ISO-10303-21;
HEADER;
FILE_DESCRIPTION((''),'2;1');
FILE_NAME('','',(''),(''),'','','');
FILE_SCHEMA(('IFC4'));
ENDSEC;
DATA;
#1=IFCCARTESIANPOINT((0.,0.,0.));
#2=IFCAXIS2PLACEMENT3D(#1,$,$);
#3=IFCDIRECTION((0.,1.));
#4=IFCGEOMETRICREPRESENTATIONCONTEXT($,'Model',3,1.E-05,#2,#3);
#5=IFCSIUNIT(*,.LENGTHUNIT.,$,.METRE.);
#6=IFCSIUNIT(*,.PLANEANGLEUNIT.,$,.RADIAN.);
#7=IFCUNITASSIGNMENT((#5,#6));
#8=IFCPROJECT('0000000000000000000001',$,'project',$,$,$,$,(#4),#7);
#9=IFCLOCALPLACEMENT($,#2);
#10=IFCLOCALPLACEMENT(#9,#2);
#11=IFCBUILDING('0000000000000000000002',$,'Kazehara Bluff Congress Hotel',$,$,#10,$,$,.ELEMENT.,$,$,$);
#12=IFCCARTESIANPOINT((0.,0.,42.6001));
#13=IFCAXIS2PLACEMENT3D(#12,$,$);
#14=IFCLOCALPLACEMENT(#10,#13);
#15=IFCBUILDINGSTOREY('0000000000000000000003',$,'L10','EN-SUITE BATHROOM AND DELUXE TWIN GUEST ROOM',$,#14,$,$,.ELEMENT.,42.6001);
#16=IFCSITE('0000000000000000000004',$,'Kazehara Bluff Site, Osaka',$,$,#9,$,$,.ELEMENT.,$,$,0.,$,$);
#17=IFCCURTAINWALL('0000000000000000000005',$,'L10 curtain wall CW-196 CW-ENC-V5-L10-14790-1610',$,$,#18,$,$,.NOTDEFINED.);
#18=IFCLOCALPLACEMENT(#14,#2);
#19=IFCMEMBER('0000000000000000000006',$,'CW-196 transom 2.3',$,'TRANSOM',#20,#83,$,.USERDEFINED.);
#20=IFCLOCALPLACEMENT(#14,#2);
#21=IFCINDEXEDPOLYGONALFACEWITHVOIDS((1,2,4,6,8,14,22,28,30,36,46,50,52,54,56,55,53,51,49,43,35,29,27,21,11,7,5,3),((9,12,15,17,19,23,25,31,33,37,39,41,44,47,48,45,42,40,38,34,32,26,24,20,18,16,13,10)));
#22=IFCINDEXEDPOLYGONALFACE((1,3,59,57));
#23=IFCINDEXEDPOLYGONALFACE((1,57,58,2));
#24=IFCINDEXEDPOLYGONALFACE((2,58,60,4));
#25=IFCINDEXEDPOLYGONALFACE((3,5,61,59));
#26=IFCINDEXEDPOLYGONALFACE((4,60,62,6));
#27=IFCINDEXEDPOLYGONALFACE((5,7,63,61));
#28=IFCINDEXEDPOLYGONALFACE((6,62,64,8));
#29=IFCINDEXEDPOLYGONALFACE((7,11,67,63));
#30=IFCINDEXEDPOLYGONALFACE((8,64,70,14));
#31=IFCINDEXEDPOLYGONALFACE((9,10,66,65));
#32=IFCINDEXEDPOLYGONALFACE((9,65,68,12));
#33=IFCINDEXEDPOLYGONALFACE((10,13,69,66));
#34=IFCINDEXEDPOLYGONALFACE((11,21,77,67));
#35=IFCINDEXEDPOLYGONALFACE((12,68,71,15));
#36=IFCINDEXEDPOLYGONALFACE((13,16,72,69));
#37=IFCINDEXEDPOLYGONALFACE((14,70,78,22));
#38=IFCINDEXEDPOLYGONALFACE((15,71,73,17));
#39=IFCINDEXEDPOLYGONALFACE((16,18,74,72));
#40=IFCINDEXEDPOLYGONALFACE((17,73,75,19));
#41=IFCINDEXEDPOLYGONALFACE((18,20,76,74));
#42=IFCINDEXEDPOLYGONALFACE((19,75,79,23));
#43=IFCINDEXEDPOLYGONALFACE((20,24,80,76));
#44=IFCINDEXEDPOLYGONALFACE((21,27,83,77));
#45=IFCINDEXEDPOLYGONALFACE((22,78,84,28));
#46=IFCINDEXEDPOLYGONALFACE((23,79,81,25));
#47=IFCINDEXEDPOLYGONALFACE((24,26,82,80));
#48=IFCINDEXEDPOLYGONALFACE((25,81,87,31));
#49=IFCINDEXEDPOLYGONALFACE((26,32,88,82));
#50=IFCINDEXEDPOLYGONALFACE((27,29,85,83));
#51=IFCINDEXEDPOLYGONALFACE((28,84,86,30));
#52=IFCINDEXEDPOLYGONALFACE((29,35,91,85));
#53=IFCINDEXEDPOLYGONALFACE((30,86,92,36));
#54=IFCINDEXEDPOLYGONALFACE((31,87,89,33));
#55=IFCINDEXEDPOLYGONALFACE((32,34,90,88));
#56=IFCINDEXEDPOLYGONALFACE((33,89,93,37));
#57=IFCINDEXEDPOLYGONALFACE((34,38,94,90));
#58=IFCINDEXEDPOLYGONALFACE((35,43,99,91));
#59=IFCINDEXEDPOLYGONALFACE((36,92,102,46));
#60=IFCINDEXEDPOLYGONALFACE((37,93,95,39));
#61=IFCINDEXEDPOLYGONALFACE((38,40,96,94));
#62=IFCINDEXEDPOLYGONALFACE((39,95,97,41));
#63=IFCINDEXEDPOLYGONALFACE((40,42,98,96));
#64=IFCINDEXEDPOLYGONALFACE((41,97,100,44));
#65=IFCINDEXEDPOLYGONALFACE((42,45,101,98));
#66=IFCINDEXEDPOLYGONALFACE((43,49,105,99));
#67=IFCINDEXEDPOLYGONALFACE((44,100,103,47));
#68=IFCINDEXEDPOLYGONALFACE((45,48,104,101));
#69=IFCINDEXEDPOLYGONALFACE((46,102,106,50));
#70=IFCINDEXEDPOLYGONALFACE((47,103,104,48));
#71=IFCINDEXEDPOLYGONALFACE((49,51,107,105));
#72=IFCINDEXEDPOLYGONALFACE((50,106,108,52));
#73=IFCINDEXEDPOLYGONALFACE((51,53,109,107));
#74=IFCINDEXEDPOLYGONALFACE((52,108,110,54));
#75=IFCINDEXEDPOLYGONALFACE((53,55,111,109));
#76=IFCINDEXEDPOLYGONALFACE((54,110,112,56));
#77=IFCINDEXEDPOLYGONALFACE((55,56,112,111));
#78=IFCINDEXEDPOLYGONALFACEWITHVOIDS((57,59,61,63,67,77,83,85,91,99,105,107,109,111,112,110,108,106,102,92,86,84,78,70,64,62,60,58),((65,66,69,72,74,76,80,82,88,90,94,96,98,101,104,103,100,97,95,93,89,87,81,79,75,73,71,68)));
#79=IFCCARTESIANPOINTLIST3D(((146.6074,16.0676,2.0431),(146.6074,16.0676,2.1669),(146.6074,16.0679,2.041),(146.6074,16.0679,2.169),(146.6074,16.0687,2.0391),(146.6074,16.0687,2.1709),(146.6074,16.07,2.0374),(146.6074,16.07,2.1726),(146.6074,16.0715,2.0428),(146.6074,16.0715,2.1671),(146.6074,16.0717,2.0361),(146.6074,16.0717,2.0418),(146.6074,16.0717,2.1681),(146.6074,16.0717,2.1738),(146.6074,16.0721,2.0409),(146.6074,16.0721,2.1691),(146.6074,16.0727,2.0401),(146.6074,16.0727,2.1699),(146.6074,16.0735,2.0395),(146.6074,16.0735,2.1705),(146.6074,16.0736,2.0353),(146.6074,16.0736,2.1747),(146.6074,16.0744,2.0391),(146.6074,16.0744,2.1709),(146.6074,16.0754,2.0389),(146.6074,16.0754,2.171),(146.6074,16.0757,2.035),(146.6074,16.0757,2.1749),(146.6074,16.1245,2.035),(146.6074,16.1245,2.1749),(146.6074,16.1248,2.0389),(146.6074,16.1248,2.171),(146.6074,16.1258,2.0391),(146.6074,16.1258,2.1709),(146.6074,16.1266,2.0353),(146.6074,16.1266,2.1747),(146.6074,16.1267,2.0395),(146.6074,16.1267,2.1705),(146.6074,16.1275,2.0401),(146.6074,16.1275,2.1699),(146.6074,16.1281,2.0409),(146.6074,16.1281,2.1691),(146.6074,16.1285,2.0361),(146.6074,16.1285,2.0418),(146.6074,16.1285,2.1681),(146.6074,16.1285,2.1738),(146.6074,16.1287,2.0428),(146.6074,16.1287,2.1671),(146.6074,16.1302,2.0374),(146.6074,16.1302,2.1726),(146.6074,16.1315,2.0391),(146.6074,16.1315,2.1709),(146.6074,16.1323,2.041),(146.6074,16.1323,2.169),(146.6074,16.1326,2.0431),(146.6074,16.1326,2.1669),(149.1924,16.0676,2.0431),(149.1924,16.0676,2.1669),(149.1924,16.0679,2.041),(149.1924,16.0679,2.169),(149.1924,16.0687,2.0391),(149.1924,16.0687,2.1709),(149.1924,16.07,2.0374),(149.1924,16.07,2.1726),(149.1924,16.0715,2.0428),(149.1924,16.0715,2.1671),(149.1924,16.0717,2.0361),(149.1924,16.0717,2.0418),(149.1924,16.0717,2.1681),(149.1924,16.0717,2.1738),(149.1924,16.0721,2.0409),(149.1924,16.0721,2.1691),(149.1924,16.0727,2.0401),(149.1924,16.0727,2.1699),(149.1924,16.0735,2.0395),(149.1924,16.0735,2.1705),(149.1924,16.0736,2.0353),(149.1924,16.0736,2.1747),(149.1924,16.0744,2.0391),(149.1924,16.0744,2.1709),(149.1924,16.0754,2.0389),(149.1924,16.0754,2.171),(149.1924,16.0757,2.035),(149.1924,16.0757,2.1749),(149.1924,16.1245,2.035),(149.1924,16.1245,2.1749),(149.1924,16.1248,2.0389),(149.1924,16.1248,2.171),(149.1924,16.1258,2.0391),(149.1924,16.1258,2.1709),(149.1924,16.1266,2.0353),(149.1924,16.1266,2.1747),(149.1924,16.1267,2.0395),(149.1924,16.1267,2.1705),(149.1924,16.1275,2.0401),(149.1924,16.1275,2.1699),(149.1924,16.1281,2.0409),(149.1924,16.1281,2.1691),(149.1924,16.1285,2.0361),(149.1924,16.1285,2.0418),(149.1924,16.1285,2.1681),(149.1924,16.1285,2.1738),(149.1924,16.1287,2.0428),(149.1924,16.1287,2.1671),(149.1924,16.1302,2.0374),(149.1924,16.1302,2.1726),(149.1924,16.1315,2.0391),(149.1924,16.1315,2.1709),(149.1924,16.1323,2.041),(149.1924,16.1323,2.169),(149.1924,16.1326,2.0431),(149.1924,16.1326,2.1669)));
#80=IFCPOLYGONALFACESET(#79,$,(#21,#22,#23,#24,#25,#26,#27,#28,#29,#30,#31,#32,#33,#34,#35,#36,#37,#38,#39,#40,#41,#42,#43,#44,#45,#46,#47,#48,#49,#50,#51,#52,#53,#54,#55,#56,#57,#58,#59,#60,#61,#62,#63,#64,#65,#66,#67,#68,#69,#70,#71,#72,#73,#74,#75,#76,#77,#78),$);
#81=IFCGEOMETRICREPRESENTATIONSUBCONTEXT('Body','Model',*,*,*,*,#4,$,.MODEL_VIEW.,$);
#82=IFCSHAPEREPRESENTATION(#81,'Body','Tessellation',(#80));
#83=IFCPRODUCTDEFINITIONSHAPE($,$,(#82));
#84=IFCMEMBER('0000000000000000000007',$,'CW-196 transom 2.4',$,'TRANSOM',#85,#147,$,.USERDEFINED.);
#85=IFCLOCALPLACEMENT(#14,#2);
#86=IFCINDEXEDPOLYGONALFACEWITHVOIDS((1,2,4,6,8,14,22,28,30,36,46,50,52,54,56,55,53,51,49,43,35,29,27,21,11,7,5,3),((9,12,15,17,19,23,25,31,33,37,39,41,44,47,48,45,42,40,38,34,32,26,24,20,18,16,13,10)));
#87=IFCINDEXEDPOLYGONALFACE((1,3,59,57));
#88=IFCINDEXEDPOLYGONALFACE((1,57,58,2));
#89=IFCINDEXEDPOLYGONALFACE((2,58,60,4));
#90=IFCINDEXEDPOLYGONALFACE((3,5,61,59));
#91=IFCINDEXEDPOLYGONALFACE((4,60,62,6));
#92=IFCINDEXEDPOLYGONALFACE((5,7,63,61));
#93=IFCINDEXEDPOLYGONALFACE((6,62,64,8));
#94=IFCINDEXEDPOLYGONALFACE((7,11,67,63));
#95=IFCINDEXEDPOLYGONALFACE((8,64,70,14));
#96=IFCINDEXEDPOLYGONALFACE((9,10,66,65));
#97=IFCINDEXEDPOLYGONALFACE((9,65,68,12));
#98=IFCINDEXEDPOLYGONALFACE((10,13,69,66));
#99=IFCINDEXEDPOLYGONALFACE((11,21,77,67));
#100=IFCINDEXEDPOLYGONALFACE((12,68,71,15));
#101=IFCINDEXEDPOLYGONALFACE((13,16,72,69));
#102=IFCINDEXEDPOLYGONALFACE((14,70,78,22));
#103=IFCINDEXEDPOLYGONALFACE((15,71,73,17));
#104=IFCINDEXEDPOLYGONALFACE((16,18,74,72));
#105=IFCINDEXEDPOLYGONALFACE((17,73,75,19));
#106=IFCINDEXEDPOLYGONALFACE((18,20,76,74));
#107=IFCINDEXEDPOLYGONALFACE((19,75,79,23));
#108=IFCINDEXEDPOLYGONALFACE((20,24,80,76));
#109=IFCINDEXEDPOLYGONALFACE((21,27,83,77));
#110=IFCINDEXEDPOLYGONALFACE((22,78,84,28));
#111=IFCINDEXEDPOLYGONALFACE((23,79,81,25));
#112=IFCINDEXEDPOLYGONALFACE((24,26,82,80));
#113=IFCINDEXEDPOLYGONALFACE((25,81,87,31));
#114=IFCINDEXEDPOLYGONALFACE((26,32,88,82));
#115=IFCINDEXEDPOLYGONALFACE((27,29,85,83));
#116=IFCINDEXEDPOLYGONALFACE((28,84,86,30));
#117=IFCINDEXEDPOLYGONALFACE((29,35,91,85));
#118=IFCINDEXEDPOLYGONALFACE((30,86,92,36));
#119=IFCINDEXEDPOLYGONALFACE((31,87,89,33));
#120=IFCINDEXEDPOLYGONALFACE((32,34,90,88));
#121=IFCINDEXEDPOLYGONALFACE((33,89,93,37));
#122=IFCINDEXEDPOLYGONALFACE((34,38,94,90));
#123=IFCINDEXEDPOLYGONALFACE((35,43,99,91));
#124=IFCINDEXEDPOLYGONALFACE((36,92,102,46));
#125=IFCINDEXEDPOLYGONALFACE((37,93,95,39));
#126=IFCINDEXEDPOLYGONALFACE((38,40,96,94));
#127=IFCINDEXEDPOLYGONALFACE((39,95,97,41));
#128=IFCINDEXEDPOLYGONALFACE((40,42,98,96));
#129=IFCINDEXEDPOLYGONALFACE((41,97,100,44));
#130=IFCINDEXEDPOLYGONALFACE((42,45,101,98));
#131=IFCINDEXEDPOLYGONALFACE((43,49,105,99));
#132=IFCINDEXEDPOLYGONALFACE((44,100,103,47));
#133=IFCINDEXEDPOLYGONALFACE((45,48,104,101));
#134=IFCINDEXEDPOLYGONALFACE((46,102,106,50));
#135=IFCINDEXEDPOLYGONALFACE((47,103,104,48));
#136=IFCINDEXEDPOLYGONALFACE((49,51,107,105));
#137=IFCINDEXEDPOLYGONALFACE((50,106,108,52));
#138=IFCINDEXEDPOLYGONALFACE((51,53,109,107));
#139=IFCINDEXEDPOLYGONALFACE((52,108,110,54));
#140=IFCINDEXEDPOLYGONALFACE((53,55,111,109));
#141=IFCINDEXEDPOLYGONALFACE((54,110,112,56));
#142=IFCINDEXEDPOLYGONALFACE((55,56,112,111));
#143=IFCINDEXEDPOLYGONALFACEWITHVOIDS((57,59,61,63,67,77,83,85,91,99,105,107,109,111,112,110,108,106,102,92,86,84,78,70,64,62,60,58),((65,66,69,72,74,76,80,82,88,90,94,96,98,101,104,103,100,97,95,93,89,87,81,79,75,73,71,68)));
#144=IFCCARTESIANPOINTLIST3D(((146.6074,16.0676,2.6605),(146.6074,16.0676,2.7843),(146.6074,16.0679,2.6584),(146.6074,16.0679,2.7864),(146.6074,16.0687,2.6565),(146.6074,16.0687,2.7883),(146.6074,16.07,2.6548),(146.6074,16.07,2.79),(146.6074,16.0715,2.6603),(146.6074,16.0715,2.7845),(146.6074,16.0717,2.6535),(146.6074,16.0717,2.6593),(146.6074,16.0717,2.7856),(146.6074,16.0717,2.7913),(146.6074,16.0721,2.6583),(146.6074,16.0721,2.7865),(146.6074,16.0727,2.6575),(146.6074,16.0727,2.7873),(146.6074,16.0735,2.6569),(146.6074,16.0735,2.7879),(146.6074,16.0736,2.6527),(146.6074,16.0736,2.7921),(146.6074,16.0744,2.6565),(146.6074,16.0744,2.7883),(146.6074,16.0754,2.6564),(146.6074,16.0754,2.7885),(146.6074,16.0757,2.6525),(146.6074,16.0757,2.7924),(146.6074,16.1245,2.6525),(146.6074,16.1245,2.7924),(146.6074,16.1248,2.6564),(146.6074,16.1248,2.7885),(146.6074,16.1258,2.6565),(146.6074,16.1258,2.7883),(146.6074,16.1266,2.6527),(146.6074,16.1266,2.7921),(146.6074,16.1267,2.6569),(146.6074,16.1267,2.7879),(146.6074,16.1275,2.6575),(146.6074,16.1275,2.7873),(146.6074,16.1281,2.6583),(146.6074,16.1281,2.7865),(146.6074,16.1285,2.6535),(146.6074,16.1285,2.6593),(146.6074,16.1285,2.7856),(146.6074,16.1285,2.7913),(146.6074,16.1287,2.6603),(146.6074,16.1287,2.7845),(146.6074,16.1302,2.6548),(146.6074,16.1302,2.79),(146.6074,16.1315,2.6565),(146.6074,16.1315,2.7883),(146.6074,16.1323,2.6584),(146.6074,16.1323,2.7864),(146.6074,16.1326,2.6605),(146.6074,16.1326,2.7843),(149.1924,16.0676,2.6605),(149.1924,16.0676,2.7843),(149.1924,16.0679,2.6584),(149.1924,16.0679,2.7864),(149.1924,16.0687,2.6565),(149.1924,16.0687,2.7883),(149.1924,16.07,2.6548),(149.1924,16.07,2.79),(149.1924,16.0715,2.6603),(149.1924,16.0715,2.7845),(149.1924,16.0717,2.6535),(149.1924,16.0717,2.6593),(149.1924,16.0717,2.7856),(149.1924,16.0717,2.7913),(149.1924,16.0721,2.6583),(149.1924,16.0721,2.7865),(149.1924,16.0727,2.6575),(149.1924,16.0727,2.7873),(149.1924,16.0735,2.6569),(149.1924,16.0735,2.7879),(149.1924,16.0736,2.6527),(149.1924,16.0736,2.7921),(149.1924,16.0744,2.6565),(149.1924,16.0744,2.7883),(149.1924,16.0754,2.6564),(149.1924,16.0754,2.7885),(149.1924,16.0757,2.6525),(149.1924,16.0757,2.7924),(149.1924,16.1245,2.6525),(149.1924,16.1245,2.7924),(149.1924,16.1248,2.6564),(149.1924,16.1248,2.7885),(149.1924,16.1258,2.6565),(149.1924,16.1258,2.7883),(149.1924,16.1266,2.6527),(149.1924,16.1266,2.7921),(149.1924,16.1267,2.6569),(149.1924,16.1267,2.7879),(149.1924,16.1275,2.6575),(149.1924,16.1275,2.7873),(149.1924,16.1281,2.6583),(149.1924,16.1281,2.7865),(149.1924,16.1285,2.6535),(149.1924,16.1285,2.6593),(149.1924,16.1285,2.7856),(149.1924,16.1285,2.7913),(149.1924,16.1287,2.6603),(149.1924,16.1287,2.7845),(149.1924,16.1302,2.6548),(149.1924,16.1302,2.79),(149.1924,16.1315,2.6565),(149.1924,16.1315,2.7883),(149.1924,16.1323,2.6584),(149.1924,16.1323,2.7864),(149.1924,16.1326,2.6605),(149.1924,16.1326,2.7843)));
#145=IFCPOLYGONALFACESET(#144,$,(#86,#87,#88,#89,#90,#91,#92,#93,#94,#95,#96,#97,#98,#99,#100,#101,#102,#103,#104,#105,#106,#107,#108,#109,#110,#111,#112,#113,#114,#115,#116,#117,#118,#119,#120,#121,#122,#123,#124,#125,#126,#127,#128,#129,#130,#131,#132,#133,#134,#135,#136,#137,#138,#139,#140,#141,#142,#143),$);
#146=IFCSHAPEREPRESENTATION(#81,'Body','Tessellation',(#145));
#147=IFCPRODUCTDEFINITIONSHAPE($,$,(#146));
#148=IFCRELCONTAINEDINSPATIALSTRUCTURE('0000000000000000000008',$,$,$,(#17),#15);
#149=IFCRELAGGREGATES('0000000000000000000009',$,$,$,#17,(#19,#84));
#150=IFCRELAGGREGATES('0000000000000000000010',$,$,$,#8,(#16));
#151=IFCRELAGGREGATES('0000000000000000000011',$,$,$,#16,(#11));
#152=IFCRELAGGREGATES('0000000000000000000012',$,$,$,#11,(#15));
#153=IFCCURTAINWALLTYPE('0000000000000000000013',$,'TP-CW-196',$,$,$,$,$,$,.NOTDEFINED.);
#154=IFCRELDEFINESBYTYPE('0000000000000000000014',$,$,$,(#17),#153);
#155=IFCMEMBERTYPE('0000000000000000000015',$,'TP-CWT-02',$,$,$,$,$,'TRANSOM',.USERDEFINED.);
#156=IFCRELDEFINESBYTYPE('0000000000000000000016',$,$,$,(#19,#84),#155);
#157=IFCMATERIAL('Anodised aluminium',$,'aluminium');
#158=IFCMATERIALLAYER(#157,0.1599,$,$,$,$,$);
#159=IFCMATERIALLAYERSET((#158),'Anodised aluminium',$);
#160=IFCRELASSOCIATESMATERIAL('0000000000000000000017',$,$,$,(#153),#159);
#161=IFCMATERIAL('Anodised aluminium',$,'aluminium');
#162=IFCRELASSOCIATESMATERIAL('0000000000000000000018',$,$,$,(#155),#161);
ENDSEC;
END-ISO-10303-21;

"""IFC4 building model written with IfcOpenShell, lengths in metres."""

from ifc_helpers import new_model, si_unit, direction, frame, origin, origin_2d, place, context, subcontext, project, spatial, hollow_rectangle, extrude, material, layer, layer_set, material_profile, profile_set, type_object, element, aggregate, save


model = new_model("IFC4")

# Units and contexts
model_context = context("Model", 3, precision=1e-05, world=origin(), true_north=direction((0.0, 1.0)))
body_context = subcontext(model_context, "Body", "Model", "MODEL_VIEW")
ifc_project = project(units=[si_unit("LENGTHUNIT", "METRE"), si_unit("PLANEANGLEUNIT", "RADIAN")], contexts=[model_context])

# Site, building, storey
site_placement = place(None, origin())
site = spatial("IfcSite", under=ifc_project, at=site_placement, Name="Kazehara Bluff Site, Osaka", CompositionType="ELEMENT", RefElevation=0.0)
building_placement = place(site_placement, origin())
building = spatial("IfcBuilding", under=site, at=building_placement, Name="Kazehara Bluff Congress Hotel", CompositionType="ELEMENT")
storey_placement = place(building_placement, frame((0.0, 0.0, 42.6001)))
storey = spatial("IfcBuildingStorey", under=building, at=storey_placement, Name="L10", Description="EN-SUITE BATHROOM AND DELUXE TWIN GUEST ROOM", CompositionType="ELEMENT", Elevation=42.6001)

# Curtain wall, members
ifc_material_1 = material(Name="Anodised aluminium", Category="aluminium")
ifc_layer_1 = layer(ifc_material_1, 0.1599)
ifc_layer_set_1 = layer_set([ifc_layer_1], Name="Anodised aluminium")
curtain_wall_type = type_object("IfcCurtainWallType", Name="TP-CW-196", PredefinedType="NOTDEFINED", material=ifc_layer_set_1)
curtain_wall_placement = place(storey_placement, origin())
curtain_wall = element("IfcCurtainWall", 1, at=curtain_wall_placement, inside=storey, type_object=curtain_wall_type, Name="L10 curtain wall CW-196 CW-ENC-V5-L10-14790-1610", PredefinedType="NOTDEFINED")
ifc_material_2 = material(Name="Anodised aluminium", Category="aluminium")
ifc_material_profile_1 = material_profile(ifc_material_2, hollow_rectangle(XDim=0.0649, YDim=0.1399, WallThickness=0.0039, InnerFilletRadius=0.0039, OuterFilletRadius=0.0081, at=origin_2d()))
ifc_profile_set_1 = profile_set([ifc_material_profile_1], Name="Anodised aluminium")
member_type_1 = type_object("IfcMemberType", Name="TP-CWT-02", ElementType="TRANSOM", PredefinedType="USERDEFINED", material=ifc_profile_set_1)
member_1_placement = place(storey_placement, frame((149.1924, 16.1001, 2.105), z_axis=(-1.0, 0.0, 0.0), x_axis=(0.0, -1.0, 0.0)))
member_1 = element("IfcMember", 2, at=member_1_placement, type_object=member_type_1, Name="CW-196 transom 2.3", ObjectType="TRANSOM", PredefinedType="USERDEFINED", context=body_context, shape_type="SweptSolid", body=[
    extrude(hollow_rectangle(XDim=0.0649, YDim=0.1399, WallThickness=0.0039, InnerFilletRadius=0.0039, OuterFilletRadius=0.0081, at=origin_2d()), origin(), (0.0, 0.0, 1.0), 2.585),
])
member_2_placement = place(storey_placement, frame((149.1924, 16.1001, 2.7224), z_axis=(-1.0, 0.0, 0.0), x_axis=(0.0, -1.0, 0.0)))
member_2 = element("IfcMember", 3, at=member_2_placement, type_object=member_type_1, Name="CW-196 transom 2.4", ObjectType="TRANSOM", PredefinedType="USERDEFINED", context=body_context, shape_type="SweptSolid", body=[
    extrude(hollow_rectangle(XDim=0.0649, YDim=0.1399, WallThickness=0.0039, InnerFilletRadius=0.0039, OuterFilletRadius=0.0081, at=origin_2d()), origin(), (0.0, 0.0, 1.0), 2.585),
])

aggregate(curtain_wall, [member_1, member_2])

save(model, "model.ifc")
